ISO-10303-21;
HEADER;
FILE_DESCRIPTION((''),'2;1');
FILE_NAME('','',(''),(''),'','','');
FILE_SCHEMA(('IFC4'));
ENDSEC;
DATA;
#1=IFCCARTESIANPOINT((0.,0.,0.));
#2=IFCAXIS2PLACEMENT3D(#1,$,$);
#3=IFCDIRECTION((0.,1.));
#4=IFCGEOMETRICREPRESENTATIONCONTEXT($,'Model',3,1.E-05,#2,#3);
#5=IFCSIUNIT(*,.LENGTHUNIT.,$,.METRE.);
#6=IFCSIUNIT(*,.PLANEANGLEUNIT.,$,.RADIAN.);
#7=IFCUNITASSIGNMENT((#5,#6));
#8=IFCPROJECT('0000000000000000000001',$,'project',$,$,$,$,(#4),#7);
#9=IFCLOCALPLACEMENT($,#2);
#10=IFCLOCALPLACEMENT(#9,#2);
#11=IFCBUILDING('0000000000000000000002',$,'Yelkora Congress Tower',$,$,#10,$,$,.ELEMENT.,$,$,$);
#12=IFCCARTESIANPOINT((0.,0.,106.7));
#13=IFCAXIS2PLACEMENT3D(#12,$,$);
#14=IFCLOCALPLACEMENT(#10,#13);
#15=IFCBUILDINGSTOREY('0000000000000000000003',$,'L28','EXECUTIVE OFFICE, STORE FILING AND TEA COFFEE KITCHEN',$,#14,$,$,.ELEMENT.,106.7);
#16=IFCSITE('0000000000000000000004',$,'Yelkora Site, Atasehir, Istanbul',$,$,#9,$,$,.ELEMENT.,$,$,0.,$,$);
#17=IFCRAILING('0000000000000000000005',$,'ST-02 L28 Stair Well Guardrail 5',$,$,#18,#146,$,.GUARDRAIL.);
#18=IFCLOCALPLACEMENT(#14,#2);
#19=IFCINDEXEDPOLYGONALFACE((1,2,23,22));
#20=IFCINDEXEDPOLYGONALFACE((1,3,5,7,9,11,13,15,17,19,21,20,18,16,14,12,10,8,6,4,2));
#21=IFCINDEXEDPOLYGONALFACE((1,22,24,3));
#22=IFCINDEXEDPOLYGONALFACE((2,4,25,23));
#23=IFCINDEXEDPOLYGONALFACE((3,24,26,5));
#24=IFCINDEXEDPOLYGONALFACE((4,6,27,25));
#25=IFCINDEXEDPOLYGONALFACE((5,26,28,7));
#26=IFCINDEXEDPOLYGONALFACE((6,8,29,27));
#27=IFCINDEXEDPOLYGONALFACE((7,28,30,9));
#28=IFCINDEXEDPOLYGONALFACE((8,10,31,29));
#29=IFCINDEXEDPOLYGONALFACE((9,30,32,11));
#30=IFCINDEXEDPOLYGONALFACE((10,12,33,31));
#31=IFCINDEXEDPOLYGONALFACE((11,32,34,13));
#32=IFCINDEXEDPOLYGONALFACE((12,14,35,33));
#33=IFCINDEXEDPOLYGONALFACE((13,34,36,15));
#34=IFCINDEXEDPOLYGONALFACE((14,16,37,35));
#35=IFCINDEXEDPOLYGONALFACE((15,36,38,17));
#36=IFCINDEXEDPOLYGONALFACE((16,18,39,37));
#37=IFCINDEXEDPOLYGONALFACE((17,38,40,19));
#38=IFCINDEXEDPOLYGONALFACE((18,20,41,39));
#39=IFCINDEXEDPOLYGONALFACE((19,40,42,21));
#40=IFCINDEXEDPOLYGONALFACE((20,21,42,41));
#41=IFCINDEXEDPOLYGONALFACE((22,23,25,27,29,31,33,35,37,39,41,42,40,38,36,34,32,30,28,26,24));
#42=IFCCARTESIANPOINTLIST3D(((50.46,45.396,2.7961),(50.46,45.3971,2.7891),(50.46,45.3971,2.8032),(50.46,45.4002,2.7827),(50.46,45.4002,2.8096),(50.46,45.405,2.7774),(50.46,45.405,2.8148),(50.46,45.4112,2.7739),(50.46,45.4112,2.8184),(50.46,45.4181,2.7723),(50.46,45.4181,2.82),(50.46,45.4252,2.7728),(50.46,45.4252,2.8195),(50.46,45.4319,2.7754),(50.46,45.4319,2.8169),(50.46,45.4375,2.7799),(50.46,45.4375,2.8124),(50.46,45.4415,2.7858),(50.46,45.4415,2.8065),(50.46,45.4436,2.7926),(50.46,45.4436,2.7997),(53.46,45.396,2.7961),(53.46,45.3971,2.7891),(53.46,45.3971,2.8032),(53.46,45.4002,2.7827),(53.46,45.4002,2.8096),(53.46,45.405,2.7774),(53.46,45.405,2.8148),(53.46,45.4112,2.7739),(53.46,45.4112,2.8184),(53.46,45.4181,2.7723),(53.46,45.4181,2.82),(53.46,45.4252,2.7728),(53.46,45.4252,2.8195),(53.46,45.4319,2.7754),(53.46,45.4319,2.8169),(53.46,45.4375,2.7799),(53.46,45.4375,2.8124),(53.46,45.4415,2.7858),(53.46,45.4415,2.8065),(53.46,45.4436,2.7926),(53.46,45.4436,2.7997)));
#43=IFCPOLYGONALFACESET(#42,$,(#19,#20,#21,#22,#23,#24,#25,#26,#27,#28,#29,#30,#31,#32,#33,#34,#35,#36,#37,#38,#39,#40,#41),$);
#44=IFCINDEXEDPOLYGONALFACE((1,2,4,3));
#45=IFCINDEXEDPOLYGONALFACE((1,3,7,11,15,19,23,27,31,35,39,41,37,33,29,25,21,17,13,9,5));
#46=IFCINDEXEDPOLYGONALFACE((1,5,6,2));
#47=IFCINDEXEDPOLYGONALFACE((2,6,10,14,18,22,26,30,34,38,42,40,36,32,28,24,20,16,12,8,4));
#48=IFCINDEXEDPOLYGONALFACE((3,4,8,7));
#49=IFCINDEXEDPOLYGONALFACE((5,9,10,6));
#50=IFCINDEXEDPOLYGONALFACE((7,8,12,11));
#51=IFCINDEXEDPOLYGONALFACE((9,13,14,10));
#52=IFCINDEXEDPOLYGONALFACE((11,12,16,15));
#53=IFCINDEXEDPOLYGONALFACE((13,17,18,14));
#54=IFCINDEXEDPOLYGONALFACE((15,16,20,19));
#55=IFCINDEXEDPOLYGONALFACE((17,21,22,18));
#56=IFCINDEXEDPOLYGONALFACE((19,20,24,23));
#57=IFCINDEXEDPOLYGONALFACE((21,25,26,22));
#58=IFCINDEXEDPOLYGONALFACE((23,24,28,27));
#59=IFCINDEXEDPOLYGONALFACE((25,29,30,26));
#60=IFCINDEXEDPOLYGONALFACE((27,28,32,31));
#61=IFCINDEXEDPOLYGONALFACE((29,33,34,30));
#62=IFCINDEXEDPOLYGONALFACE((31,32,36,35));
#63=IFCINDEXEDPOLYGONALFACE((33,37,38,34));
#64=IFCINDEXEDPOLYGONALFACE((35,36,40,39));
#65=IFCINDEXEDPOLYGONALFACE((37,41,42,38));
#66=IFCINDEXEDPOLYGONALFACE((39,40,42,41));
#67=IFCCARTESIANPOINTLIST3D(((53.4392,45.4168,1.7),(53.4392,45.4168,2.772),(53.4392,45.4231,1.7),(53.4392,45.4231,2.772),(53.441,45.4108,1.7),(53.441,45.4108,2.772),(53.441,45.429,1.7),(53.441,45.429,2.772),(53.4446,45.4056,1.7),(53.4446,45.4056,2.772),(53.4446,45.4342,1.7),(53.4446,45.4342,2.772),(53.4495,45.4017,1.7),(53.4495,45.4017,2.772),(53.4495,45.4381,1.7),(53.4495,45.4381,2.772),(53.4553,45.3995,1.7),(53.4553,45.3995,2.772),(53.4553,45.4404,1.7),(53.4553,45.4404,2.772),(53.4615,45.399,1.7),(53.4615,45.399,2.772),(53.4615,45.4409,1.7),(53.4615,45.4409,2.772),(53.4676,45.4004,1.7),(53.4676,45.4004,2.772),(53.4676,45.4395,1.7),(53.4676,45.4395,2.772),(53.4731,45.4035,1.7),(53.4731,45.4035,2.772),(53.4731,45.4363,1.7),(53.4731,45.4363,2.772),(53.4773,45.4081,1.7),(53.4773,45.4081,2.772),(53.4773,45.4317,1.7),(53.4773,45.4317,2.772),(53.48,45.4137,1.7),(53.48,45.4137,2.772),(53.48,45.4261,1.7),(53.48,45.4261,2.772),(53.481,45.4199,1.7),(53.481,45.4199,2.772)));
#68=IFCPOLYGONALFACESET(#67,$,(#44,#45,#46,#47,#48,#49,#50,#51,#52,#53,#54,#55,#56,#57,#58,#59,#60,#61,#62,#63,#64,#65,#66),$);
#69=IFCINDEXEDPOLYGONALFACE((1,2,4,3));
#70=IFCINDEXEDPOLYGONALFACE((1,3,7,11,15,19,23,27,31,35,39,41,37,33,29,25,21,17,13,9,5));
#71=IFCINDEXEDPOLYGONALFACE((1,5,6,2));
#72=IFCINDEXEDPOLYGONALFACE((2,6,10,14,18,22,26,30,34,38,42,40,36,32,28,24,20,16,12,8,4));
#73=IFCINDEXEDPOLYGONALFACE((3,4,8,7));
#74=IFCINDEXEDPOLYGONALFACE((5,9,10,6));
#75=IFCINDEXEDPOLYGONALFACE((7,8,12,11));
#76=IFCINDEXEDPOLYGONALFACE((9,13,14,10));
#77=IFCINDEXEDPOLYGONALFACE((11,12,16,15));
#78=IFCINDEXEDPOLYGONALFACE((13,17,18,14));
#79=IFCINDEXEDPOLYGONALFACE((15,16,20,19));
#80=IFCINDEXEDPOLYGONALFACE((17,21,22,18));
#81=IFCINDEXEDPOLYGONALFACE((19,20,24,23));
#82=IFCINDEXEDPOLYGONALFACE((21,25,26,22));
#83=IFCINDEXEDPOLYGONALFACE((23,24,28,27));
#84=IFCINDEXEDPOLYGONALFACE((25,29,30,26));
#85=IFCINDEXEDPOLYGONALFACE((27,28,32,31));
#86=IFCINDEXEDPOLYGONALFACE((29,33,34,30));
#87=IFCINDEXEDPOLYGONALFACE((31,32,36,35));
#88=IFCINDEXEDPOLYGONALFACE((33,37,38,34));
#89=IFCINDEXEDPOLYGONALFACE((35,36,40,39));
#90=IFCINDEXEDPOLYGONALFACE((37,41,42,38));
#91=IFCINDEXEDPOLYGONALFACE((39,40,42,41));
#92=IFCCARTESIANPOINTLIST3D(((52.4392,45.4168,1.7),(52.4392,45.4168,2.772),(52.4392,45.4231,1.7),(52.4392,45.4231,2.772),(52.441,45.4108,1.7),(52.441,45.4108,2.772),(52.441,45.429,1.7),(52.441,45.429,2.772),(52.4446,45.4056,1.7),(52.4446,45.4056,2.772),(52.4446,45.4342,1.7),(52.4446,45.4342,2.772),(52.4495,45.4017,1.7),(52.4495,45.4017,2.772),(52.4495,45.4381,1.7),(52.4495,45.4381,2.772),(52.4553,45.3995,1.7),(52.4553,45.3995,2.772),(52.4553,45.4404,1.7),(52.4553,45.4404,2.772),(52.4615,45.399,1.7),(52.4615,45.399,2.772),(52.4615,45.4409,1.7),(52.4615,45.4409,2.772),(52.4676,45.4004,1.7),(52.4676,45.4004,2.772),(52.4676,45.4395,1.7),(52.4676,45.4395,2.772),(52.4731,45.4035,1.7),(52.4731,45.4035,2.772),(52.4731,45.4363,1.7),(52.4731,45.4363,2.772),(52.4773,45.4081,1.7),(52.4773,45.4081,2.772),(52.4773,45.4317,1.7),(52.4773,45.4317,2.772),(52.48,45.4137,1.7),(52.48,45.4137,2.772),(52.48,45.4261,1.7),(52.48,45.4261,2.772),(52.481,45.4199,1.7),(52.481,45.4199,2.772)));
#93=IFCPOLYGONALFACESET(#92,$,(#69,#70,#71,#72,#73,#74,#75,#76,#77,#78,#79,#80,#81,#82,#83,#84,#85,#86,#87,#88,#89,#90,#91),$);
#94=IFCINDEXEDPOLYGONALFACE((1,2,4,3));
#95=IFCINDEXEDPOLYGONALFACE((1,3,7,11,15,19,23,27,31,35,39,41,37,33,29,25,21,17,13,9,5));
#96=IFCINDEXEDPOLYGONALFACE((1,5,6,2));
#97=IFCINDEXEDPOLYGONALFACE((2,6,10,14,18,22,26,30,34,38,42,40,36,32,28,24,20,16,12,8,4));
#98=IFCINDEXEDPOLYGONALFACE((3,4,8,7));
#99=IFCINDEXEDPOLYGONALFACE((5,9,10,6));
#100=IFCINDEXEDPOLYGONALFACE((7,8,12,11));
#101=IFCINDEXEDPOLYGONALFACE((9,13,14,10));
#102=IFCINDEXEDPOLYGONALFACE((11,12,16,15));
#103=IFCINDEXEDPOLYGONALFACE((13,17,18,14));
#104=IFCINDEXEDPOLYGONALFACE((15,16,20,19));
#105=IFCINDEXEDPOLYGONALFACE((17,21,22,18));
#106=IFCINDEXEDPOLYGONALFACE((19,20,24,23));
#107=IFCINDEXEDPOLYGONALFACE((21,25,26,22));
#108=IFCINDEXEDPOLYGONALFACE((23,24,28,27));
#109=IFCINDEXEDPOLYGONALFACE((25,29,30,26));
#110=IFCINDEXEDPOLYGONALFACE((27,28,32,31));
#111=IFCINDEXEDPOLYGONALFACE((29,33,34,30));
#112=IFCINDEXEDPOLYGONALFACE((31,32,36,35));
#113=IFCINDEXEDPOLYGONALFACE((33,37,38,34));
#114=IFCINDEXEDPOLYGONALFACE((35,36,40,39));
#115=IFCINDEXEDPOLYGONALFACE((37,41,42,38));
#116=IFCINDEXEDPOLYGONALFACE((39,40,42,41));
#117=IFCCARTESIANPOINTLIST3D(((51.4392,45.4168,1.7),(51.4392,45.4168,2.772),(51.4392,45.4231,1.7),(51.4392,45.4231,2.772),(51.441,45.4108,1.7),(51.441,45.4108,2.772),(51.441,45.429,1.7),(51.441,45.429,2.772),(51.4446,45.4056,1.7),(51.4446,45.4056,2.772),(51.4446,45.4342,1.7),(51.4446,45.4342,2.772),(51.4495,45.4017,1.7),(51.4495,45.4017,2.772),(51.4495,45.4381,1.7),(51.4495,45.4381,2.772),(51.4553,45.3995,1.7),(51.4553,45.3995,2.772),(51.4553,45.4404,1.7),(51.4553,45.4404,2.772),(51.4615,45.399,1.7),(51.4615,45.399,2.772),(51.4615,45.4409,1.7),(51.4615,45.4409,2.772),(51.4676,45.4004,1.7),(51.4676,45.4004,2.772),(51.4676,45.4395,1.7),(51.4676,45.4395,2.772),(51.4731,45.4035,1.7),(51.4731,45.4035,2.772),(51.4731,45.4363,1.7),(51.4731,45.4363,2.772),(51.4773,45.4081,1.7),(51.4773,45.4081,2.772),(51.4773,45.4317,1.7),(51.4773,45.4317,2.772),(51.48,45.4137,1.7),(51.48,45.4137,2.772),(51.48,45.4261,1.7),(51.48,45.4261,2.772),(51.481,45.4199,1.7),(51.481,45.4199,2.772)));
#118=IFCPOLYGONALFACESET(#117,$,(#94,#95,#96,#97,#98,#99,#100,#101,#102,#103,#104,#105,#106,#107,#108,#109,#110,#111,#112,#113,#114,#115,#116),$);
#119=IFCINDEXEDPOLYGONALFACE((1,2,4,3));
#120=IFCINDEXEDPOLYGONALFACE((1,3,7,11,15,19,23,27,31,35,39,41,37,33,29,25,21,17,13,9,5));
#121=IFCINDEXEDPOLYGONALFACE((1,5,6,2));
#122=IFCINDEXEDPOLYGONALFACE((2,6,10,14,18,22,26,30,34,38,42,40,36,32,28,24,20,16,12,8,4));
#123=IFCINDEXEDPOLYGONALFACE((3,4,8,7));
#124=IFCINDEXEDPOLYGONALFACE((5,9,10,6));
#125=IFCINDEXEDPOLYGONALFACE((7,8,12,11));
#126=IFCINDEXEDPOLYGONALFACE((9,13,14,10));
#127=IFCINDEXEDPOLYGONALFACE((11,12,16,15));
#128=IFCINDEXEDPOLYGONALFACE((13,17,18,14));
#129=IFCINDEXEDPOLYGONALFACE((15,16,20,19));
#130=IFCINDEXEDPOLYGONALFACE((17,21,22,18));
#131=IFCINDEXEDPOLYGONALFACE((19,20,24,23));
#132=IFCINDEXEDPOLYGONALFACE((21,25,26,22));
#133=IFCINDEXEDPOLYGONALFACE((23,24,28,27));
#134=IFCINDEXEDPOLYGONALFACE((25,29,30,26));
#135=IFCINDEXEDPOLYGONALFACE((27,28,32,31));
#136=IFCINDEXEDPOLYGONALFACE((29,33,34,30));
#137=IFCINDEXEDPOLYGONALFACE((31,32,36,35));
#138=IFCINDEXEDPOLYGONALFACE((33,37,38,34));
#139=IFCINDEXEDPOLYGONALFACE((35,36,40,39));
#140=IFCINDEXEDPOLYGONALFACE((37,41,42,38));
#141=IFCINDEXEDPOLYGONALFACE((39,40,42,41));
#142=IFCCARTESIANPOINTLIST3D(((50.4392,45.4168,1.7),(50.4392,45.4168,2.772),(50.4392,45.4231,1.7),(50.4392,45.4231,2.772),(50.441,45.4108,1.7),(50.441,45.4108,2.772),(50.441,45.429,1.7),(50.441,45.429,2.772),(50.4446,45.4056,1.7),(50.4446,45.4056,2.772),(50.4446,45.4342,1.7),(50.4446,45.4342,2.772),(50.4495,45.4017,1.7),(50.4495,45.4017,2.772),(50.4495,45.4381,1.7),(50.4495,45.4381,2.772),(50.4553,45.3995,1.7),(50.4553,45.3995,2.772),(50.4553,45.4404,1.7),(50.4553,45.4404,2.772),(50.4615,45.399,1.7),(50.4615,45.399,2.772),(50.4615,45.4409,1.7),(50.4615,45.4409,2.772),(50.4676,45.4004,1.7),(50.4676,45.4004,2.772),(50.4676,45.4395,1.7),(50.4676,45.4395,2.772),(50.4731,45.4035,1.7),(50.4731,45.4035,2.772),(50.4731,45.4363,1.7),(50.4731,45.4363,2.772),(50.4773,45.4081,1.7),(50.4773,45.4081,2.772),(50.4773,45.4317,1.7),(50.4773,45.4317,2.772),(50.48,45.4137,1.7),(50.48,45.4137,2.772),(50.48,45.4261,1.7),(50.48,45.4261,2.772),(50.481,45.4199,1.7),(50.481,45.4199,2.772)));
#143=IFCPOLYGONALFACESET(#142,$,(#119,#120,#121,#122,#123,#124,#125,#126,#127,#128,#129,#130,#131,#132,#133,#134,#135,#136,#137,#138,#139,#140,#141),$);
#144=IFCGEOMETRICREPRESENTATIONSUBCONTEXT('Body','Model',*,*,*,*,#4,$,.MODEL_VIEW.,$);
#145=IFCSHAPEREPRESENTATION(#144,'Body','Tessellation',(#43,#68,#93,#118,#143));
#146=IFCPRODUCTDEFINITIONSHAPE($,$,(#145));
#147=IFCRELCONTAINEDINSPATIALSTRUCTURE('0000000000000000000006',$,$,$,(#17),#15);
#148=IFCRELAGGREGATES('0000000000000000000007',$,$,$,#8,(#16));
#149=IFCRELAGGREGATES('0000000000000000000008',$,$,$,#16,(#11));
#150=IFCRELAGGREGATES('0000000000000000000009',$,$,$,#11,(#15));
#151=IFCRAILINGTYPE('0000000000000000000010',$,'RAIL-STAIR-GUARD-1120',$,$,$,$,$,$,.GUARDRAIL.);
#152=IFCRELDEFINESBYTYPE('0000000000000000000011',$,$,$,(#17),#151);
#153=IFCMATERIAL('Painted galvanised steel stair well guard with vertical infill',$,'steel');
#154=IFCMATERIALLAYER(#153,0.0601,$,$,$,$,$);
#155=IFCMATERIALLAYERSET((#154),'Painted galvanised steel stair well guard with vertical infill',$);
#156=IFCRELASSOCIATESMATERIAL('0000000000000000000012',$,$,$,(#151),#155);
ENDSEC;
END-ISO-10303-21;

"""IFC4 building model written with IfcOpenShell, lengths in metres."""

from ifc_helpers import new_model, si_unit, direction, frame, origin, origin_2d, place, context, subcontext, project, spatial, circle, extrude, material, layer, layer_set, type_object, element, save


model = new_model("IFC4")

# Units and contexts
model_context = context("Model", 3, precision=1e-05, world=origin(), true_north=direction((0.0, 1.0)))
body_context = subcontext(model_context, "Body", "Model", "MODEL_VIEW")
ifc_project = project(units=[si_unit("LENGTHUNIT", "METRE"), si_unit("PLANEANGLEUNIT", "RADIAN")], contexts=[model_context])

# Site, building, storey
site_placement = place(None, origin())
site = spatial("IfcSite", under=ifc_project, at=site_placement, Name="Yelkora Site, Atasehir, Istanbul", CompositionType="ELEMENT", RefElevation=0.0)
building_placement = place(site_placement, origin())
building = spatial("IfcBuilding", under=site, at=building_placement, Name="Yelkora Congress Tower", CompositionType="ELEMENT")
storey_placement = place(building_placement, frame((0.0, 0.0, 106.7)))
storey = spatial("IfcBuildingStorey", under=building, at=storey_placement, Name="L28", Description="EXECUTIVE OFFICE, STORE FILING AND TEA COFFEE KITCHEN", CompositionType="ELEMENT", Elevation=106.7)

# Railing
ifc_material_1 = material(Name="Painted galvanised steel stair well guard with vertical infill", Category="steel")
ifc_layer_1 = layer(ifc_material_1, 0.0601)
ifc_layer_set_1 = layer_set([ifc_layer_1], Name="Painted galvanised steel stair well guard with vertical infill")
railing_type_1 = type_object("IfcRailingType", Name="RAIL-STAIR-GUARD-1120", PredefinedType="GUARDRAIL", material=ifc_layer_set_1)
railing_1_placement = place(storey_placement, frame((53.46, 45.4199, 1.7)))
element("IfcRailing", 1, at=railing_1_placement, inside=storey, type_object=railing_type_1, Name="ST-02 L28 Stair Well Guardrail 5", PredefinedType="GUARDRAIL", context=body_context, shape_type="SweptSolid", body=[
    extrude(circle(Radius=0.0239, at=origin_2d()), frame((0.0, 0.0, 1.0962), z_axis=(-1.0, 0.0, 0.0), x_axis=(0.0, -1.0, 0.0)), (0.0, 0.0, 1.0), 3.0),
    extrude(circle(Radius=0.021, at=origin_2d()), origin(), (0.0, 0.0, 1.0), 1.072),
    extrude(circle(Radius=0.021, at=origin_2d()), frame((-1.0, 0.0, 0.0)), (0.0, 0.0, 1.0), 1.072),
    extrude(circle(Radius=0.021, at=origin_2d()), frame((-2.0, 0.0, 0.0)), (0.0, 0.0, 1.0), 1.072),
    extrude(circle(Radius=0.021, at=origin_2d()), frame((-3.0, 0.0, 0.0)), (0.0, 0.0, 1.0), 1.072),
])

save(model, "model.ifc")
